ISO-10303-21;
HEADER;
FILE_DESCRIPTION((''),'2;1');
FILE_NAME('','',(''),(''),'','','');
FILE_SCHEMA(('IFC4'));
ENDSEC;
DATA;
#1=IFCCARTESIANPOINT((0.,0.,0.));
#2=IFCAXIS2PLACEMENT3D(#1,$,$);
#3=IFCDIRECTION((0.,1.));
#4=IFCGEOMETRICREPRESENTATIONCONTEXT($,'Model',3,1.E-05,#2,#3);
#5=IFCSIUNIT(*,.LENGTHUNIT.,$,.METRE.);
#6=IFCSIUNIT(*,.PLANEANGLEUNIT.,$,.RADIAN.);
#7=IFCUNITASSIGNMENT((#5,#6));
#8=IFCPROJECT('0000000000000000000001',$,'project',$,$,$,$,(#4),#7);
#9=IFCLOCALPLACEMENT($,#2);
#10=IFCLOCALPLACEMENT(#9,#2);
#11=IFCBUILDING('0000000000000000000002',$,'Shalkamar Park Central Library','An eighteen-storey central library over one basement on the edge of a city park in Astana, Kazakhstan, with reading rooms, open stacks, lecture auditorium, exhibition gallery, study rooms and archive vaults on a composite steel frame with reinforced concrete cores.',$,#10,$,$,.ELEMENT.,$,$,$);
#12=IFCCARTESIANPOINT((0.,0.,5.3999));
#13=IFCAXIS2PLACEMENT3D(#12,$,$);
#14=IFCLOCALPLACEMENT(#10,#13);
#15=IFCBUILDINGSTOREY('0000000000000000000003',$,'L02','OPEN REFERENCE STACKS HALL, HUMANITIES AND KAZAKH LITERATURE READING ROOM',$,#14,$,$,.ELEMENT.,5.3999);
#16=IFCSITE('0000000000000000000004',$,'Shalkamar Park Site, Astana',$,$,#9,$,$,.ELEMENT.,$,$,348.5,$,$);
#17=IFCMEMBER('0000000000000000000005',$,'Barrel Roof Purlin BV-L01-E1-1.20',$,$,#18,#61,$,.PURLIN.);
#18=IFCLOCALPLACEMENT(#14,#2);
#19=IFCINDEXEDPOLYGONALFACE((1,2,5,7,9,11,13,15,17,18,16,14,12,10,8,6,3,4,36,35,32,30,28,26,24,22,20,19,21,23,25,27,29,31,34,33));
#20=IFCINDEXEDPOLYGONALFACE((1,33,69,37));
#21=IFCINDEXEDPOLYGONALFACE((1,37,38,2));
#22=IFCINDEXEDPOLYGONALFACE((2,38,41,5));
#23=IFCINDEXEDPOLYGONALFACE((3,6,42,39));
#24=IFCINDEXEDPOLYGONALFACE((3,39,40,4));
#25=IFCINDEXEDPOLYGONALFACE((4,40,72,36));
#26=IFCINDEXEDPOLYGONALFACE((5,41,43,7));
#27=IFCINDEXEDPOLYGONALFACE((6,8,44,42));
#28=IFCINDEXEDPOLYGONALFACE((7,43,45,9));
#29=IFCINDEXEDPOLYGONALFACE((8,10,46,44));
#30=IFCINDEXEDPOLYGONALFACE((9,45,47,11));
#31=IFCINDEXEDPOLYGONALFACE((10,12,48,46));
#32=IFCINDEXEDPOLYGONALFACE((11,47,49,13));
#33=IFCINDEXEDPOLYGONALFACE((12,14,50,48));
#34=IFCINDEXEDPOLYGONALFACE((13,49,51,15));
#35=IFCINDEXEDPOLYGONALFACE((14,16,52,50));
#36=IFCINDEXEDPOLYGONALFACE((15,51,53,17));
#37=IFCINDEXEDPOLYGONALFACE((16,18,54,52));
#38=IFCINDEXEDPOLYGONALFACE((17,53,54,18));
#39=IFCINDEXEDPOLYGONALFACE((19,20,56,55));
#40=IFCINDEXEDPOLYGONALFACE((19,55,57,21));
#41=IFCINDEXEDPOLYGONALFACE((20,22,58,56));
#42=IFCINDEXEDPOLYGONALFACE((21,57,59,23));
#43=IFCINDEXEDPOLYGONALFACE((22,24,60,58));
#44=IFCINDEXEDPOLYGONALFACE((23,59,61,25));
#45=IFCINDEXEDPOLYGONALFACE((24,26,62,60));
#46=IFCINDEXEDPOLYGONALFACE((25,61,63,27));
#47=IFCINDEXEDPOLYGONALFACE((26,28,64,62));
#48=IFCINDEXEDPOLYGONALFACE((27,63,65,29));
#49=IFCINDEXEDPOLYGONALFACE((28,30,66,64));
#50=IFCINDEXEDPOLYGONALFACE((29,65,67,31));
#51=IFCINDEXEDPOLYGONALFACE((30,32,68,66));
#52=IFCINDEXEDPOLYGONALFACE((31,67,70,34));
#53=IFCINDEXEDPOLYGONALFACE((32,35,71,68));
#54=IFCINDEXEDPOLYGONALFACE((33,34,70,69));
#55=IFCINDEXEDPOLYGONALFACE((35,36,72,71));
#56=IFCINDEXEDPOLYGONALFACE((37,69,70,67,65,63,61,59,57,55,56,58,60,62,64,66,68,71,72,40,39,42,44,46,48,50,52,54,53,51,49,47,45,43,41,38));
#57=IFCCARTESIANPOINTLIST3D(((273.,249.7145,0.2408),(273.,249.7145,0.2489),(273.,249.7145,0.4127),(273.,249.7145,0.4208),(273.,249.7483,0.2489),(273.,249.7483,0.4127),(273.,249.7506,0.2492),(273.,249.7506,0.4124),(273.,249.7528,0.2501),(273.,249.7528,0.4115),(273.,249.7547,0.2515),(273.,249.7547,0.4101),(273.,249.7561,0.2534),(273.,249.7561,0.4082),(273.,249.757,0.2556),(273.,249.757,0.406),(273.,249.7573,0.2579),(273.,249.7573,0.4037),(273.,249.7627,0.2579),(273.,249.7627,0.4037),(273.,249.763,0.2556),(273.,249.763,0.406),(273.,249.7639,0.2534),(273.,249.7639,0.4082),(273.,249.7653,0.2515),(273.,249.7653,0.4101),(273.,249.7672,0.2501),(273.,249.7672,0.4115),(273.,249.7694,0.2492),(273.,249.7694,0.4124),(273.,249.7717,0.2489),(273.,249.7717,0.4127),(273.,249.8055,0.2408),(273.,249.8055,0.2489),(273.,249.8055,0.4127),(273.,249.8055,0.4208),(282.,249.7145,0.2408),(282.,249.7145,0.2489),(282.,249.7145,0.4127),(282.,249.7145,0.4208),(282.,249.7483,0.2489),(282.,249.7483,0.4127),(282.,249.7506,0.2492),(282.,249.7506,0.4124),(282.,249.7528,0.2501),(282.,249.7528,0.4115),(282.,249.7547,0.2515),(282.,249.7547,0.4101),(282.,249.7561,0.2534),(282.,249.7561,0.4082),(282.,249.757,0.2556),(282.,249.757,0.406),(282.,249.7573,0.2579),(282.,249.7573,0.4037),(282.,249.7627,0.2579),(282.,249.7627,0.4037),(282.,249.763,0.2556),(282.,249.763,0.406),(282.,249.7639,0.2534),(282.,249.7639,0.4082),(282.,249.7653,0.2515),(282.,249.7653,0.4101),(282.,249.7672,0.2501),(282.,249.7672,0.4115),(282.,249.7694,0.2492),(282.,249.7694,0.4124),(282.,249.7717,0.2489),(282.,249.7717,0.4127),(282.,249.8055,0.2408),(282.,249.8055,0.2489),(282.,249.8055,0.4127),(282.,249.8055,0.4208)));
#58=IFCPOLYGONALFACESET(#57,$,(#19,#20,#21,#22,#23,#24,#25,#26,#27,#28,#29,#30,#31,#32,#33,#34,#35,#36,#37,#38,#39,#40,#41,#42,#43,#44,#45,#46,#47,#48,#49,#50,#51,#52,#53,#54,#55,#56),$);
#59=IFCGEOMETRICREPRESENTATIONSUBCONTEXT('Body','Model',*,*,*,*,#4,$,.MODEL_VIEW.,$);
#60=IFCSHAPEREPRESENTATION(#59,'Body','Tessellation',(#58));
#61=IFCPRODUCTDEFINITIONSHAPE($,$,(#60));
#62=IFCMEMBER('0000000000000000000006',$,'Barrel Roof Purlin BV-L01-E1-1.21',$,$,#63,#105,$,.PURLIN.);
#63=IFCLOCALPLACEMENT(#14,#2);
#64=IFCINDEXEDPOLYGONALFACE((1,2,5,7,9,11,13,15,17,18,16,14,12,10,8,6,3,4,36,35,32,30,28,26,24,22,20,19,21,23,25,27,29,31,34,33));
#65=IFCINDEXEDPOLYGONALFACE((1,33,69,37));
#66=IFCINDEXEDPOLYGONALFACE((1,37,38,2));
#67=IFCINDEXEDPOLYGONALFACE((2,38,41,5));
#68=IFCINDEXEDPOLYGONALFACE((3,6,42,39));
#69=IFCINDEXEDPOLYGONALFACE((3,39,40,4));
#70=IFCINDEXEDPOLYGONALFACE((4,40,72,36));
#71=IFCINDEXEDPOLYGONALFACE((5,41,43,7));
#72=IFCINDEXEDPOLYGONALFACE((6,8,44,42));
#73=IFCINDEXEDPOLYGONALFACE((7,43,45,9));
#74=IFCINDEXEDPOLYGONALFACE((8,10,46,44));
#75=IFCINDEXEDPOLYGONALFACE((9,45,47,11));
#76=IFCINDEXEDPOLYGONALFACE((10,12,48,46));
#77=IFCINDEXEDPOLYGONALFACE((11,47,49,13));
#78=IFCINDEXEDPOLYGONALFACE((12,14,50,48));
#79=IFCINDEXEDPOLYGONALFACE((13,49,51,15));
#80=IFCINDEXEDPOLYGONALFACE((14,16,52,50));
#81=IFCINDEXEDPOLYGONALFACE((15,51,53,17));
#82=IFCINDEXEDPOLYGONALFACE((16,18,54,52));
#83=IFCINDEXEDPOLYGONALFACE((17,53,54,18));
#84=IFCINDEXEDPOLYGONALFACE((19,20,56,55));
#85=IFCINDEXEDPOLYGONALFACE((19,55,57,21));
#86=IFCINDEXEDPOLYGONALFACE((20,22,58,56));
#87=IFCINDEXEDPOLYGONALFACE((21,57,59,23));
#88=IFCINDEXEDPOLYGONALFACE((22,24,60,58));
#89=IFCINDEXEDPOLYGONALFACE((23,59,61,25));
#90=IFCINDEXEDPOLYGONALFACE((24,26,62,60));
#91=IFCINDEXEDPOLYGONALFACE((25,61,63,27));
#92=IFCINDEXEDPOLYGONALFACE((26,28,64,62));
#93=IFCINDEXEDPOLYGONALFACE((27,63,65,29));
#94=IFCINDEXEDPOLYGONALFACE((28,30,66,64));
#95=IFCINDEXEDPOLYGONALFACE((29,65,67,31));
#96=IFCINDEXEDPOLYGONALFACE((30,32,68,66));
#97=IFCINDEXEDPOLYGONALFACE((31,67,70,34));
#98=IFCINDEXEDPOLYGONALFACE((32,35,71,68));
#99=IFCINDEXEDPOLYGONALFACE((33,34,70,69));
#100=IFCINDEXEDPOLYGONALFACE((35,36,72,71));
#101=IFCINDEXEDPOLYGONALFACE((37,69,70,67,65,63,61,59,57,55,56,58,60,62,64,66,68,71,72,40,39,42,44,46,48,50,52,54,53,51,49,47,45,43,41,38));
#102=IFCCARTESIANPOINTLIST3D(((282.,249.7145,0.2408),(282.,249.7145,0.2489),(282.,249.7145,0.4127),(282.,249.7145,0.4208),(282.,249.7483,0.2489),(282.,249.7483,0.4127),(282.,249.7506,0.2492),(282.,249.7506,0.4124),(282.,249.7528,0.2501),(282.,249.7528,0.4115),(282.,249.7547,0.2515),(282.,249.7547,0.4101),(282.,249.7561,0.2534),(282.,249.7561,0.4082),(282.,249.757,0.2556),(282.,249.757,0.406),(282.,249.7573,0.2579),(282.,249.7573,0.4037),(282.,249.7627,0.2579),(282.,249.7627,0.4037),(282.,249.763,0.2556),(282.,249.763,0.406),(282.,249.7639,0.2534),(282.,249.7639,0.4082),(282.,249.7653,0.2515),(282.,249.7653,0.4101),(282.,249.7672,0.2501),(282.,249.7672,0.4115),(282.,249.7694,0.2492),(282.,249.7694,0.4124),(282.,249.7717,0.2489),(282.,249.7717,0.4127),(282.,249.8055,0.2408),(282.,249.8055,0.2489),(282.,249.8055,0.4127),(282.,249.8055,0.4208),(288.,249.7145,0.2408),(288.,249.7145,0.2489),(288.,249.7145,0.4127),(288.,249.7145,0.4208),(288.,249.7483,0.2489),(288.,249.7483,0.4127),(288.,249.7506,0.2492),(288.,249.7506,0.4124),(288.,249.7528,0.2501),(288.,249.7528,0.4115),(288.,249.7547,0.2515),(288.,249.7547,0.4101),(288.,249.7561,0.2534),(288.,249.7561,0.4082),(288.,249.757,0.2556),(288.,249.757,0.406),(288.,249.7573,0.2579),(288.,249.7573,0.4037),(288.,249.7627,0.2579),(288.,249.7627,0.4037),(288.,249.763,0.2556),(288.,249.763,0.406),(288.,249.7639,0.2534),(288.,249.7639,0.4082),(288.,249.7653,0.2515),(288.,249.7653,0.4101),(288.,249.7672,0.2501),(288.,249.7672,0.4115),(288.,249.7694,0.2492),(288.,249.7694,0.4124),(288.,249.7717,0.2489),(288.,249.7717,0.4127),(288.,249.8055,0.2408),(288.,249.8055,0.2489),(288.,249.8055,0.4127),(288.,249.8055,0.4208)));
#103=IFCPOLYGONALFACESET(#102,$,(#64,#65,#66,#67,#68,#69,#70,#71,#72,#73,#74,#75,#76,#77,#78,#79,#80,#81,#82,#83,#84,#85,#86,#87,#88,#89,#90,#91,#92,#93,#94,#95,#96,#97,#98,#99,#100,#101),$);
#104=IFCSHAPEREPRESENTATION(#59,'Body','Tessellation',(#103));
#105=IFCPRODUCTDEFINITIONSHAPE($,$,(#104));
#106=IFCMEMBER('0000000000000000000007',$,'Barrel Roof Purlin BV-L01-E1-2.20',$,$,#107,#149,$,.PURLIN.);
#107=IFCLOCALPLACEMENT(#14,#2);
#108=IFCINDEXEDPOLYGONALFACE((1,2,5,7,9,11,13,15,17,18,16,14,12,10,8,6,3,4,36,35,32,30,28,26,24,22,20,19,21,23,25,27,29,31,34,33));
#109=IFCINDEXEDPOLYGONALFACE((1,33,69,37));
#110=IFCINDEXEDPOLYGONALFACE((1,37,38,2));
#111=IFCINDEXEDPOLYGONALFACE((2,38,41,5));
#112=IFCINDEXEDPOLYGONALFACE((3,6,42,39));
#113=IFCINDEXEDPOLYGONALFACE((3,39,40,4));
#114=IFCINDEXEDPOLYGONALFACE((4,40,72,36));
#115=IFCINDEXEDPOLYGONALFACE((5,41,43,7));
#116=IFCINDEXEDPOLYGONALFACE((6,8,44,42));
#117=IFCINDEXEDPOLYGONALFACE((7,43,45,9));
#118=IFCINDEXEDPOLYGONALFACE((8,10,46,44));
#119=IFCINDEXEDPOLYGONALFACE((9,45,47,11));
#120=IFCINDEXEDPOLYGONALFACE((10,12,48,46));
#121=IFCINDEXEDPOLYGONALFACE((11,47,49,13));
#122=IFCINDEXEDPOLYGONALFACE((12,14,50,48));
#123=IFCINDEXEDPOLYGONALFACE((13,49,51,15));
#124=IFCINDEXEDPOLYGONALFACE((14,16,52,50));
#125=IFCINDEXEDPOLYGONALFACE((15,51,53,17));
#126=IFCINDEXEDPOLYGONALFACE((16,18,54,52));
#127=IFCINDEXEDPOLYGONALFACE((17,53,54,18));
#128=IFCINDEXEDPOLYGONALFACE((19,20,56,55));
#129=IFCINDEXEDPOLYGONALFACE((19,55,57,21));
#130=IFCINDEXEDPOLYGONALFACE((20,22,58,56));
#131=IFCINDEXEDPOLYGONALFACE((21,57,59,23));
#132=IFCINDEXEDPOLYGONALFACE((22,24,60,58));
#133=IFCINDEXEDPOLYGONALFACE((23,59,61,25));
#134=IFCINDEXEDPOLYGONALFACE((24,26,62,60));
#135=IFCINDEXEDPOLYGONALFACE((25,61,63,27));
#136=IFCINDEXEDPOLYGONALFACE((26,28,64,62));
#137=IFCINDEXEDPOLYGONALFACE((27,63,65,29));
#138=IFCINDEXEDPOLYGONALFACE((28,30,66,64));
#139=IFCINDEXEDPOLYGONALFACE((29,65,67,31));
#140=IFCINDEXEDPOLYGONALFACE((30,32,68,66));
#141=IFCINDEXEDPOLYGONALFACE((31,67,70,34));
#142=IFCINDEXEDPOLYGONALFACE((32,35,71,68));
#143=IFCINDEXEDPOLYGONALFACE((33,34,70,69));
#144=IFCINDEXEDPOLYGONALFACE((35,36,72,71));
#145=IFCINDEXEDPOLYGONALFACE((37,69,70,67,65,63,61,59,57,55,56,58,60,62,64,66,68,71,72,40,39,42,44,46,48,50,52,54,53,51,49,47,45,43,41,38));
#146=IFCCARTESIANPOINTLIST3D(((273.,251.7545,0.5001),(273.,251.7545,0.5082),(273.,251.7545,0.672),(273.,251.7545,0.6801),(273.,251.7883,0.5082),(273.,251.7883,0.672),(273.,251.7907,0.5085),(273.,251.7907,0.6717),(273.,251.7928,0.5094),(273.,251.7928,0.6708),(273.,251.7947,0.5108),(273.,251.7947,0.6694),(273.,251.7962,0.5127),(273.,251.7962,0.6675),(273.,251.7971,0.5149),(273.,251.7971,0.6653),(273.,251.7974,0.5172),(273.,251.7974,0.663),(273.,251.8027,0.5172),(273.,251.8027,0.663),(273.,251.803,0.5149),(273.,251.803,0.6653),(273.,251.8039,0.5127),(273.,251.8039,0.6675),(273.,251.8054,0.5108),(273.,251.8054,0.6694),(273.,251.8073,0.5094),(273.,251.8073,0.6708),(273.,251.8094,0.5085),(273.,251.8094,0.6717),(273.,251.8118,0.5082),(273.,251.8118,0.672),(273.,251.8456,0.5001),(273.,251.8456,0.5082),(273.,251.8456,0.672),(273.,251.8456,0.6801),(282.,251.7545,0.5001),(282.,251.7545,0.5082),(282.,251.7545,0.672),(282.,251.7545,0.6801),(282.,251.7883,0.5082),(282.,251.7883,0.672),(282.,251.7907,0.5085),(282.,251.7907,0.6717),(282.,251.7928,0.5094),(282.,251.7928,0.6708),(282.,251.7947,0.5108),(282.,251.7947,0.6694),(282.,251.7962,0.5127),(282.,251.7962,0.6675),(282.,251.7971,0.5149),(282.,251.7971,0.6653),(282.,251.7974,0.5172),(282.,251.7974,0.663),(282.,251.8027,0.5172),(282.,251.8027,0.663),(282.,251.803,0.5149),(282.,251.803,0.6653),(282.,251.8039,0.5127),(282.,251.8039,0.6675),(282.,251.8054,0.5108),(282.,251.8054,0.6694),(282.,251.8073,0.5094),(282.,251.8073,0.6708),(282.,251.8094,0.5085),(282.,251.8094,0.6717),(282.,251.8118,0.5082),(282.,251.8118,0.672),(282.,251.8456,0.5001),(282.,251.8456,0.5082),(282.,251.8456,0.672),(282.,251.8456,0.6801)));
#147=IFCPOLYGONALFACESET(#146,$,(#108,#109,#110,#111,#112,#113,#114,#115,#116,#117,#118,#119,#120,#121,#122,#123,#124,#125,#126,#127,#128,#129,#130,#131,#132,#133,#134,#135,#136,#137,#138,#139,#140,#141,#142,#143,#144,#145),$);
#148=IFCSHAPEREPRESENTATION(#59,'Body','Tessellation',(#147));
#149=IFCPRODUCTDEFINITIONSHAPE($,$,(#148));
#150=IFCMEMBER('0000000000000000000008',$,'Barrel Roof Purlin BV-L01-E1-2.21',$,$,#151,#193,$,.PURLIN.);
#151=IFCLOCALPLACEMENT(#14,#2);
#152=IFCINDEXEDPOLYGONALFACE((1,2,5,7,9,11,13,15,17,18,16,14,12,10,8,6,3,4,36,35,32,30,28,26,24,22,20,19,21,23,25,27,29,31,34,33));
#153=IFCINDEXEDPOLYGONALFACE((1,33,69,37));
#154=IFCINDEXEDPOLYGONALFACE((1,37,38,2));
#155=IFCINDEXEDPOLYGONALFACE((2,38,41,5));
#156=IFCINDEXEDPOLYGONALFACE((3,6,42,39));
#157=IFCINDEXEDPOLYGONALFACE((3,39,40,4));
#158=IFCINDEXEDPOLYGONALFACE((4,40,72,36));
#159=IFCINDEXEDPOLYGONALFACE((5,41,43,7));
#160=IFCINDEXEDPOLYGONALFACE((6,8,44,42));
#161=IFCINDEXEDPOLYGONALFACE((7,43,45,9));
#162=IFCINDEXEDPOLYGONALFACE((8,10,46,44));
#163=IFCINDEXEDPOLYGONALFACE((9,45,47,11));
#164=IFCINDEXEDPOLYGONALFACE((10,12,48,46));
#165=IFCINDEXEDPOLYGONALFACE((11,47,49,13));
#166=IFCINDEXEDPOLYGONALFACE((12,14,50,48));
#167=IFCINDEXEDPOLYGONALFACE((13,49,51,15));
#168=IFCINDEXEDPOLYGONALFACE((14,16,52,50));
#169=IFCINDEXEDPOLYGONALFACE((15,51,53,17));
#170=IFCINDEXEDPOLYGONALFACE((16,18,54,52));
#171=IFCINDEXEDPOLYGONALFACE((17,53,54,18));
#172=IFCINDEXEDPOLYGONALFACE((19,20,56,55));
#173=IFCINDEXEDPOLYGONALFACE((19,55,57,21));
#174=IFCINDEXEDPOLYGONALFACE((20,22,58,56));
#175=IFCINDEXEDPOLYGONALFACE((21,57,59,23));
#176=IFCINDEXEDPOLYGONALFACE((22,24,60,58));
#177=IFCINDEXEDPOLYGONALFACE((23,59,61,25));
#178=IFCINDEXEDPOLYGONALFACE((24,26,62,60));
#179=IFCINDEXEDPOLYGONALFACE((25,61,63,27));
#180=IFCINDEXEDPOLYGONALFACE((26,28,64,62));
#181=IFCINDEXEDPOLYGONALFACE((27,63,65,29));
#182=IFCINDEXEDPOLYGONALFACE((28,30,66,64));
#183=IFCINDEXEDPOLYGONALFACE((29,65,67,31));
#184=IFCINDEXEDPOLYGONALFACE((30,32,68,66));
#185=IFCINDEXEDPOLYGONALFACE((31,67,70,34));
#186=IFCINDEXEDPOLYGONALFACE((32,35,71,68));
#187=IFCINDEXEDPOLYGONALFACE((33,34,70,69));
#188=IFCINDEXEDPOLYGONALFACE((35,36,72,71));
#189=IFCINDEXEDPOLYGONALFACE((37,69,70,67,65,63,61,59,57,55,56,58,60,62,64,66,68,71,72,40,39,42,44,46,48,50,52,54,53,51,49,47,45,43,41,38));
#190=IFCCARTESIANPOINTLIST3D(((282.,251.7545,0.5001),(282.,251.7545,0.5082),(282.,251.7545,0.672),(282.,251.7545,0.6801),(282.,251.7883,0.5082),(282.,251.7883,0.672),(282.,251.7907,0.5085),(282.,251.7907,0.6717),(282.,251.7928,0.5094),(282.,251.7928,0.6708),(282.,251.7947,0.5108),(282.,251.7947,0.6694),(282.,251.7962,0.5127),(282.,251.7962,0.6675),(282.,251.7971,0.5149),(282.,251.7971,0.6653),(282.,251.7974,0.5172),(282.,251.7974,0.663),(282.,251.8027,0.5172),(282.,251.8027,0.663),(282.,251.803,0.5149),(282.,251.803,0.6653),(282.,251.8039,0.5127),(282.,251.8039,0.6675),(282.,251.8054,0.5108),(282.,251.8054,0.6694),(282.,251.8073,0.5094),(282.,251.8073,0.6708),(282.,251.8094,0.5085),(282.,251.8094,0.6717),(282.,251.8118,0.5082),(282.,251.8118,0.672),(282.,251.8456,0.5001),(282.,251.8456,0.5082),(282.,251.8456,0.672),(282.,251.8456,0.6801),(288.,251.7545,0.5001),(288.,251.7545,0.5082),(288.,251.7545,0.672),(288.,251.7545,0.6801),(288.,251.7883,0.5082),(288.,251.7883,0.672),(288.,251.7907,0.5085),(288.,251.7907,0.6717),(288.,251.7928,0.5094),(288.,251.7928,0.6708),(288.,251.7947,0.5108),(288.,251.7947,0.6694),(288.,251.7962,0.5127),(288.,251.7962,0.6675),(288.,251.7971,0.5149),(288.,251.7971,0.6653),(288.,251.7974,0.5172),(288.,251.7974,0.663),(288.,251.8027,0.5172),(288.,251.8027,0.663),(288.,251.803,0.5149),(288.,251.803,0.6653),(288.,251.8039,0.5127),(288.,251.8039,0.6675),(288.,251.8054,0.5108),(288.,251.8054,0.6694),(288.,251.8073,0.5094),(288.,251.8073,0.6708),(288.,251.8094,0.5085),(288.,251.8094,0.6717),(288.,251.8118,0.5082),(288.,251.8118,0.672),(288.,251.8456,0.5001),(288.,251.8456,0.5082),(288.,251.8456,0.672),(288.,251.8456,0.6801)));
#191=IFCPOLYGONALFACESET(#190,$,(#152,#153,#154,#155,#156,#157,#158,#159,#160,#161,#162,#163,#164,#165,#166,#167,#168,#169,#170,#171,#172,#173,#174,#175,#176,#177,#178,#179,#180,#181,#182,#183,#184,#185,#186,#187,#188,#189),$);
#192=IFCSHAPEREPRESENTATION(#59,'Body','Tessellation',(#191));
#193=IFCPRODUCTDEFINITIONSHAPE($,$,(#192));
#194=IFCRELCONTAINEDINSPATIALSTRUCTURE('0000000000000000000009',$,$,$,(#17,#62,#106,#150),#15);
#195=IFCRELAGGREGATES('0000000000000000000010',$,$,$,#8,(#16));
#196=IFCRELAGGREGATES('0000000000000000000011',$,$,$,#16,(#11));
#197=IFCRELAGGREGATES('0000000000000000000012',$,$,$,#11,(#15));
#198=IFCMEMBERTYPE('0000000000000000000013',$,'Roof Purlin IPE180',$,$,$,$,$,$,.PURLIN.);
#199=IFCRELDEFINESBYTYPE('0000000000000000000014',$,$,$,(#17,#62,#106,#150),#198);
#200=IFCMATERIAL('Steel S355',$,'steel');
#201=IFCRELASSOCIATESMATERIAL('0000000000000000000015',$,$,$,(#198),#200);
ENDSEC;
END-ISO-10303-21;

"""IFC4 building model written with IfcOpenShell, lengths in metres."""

from ifc_helpers import new_model, si_unit, direction, frame, origin, origin_2d, place, context, subcontext, project, spatial, i_section, extrude, material, material_profile, profile_set, type_object, element, save


model = new_model("IFC4")

# Units and contexts
model_context = context("Model", 3, precision=1e-05, world=origin(), true_north=direction((0.0, 1.0)))
body_context = subcontext(model_context, "Body", "Model", "MODEL_VIEW")
ifc_project = project(units=[si_unit("LENGTHUNIT", "METRE"), si_unit("PLANEANGLEUNIT", "RADIAN")], contexts=[model_context])

# Site, building, storey
site_placement = place(None, origin())
site = spatial("IfcSite", under=ifc_project, at=site_placement, Name="Shalkamar Park Site, Astana", CompositionType="ELEMENT", RefElevation=348.5)
building_placement = place(site_placement, origin())
building = spatial("IfcBuilding", under=site, at=building_placement, Name="Shalkamar Park Central Library", Description="An eighteen-storey central library over one basement on the edge of a city park in Astana, Kazakhstan, with reading rooms, open stacks, lecture auditorium, exhibition gallery, study rooms and archive vaults on a composite steel frame with reinforced concrete cores.", CompositionType="ELEMENT")
storey_placement = place(building_placement, frame((0.0, 0.0, 5.3999)))
storey = spatial("IfcBuildingStorey", under=building, at=storey_placement, Name="L02", Description="OPEN REFERENCE STACKS HALL, HUMANITIES AND KAZAKH LITERATURE READING ROOM", CompositionType="ELEMENT", Elevation=5.3999)

# Shared definitions
ifc_material_1 = material(Name="Steel S355", Category="steel")

# Members
ifc_material_profile_1 = material_profile(ifc_material_1, i_section(OverallWidth=0.0911, OverallDepth=0.1799, WebThickness=0.0054, FlangeThickness=0.0081, FilletRadius=0.009, at=origin_2d()), Name="IPE 180")
ifc_profile_set_1 = profile_set([ifc_material_profile_1], Name="Steel S355")
member_type_1 = type_object("IfcMemberType", Name="Roof Purlin IPE180", PredefinedType="PURLIN", material=ifc_profile_set_1)
member_1_placement = place(storey_placement, frame((273.0, 249.76, 0.3308), z_axis=(1.0, 0.0, 0.0), x_axis=(0.0, 1.0, 0.0)))
element("IfcMember", 1, at=member_1_placement, inside=storey, type_object=member_type_1, Name="Barrel Roof Purlin BV-L01-E1-1.20", PredefinedType="PURLIN", context=body_context, shape_type="SweptSolid", body=[
    extrude(i_section(OverallWidth=0.0911, OverallDepth=0.1799, WebThickness=0.0054, FlangeThickness=0.0081, FilletRadius=0.009, at=origin_2d()), origin(), (0.0, 0.0, 1.0), 9.0),
])
member_2_placement = place(storey_placement, frame((282.0, 249.76, 0.3308), z_axis=(1.0, 0.0, 0.0), x_axis=(0.0, 1.0, 0.0)))
element("IfcMember", 2, at=member_2_placement, inside=storey, type_object=member_type_1, Name="Barrel Roof Purlin BV-L01-E1-1.21", PredefinedType="PURLIN", context=body_context, shape_type="SweptSolid", body=[
    extrude(i_section(OverallWidth=0.0911, OverallDepth=0.1799, WebThickness=0.0054, FlangeThickness=0.0081, FilletRadius=0.009, at=origin_2d()), origin(), (0.0, 0.0, 1.0), 6.0),
])
member_3_placement = place(storey_placement, frame((273.0, 251.8, 0.5901), z_axis=(1.0, 0.0, 0.0), x_axis=(0.0, 1.0, 0.0)))
element("IfcMember", 3, at=member_3_placement, inside=storey, type_object=member_type_1, Name="Barrel Roof Purlin BV-L01-E1-2.20", PredefinedType="PURLIN", context=body_context, shape_type="SweptSolid", body=[
    extrude(i_section(OverallWidth=0.0911, OverallDepth=0.1799, WebThickness=0.0054, FlangeThickness=0.0081, FilletRadius=0.009, at=origin_2d()), origin(), (0.0, 0.0, 1.0), 9.0),
])
member_4_placement = place(storey_placement, frame((282.0, 251.8, 0.5901), z_axis=(1.0, 0.0, 0.0), x_axis=(0.0, 1.0, 0.0)))
element("IfcMember", 4, at=member_4_placement, inside=storey, type_object=member_type_1, Name="Barrel Roof Purlin BV-L01-E1-2.21", PredefinedType="PURLIN", context=body_context, shape_type="SweptSolid", body=[
    extrude(i_section(OverallWidth=0.0911, OverallDepth=0.1799, WebThickness=0.0054, FlangeThickness=0.0081, FilletRadius=0.009, at=origin_2d()), origin(), (0.0, 0.0, 1.0), 6.0),
])

save(model, "model.ifc")
